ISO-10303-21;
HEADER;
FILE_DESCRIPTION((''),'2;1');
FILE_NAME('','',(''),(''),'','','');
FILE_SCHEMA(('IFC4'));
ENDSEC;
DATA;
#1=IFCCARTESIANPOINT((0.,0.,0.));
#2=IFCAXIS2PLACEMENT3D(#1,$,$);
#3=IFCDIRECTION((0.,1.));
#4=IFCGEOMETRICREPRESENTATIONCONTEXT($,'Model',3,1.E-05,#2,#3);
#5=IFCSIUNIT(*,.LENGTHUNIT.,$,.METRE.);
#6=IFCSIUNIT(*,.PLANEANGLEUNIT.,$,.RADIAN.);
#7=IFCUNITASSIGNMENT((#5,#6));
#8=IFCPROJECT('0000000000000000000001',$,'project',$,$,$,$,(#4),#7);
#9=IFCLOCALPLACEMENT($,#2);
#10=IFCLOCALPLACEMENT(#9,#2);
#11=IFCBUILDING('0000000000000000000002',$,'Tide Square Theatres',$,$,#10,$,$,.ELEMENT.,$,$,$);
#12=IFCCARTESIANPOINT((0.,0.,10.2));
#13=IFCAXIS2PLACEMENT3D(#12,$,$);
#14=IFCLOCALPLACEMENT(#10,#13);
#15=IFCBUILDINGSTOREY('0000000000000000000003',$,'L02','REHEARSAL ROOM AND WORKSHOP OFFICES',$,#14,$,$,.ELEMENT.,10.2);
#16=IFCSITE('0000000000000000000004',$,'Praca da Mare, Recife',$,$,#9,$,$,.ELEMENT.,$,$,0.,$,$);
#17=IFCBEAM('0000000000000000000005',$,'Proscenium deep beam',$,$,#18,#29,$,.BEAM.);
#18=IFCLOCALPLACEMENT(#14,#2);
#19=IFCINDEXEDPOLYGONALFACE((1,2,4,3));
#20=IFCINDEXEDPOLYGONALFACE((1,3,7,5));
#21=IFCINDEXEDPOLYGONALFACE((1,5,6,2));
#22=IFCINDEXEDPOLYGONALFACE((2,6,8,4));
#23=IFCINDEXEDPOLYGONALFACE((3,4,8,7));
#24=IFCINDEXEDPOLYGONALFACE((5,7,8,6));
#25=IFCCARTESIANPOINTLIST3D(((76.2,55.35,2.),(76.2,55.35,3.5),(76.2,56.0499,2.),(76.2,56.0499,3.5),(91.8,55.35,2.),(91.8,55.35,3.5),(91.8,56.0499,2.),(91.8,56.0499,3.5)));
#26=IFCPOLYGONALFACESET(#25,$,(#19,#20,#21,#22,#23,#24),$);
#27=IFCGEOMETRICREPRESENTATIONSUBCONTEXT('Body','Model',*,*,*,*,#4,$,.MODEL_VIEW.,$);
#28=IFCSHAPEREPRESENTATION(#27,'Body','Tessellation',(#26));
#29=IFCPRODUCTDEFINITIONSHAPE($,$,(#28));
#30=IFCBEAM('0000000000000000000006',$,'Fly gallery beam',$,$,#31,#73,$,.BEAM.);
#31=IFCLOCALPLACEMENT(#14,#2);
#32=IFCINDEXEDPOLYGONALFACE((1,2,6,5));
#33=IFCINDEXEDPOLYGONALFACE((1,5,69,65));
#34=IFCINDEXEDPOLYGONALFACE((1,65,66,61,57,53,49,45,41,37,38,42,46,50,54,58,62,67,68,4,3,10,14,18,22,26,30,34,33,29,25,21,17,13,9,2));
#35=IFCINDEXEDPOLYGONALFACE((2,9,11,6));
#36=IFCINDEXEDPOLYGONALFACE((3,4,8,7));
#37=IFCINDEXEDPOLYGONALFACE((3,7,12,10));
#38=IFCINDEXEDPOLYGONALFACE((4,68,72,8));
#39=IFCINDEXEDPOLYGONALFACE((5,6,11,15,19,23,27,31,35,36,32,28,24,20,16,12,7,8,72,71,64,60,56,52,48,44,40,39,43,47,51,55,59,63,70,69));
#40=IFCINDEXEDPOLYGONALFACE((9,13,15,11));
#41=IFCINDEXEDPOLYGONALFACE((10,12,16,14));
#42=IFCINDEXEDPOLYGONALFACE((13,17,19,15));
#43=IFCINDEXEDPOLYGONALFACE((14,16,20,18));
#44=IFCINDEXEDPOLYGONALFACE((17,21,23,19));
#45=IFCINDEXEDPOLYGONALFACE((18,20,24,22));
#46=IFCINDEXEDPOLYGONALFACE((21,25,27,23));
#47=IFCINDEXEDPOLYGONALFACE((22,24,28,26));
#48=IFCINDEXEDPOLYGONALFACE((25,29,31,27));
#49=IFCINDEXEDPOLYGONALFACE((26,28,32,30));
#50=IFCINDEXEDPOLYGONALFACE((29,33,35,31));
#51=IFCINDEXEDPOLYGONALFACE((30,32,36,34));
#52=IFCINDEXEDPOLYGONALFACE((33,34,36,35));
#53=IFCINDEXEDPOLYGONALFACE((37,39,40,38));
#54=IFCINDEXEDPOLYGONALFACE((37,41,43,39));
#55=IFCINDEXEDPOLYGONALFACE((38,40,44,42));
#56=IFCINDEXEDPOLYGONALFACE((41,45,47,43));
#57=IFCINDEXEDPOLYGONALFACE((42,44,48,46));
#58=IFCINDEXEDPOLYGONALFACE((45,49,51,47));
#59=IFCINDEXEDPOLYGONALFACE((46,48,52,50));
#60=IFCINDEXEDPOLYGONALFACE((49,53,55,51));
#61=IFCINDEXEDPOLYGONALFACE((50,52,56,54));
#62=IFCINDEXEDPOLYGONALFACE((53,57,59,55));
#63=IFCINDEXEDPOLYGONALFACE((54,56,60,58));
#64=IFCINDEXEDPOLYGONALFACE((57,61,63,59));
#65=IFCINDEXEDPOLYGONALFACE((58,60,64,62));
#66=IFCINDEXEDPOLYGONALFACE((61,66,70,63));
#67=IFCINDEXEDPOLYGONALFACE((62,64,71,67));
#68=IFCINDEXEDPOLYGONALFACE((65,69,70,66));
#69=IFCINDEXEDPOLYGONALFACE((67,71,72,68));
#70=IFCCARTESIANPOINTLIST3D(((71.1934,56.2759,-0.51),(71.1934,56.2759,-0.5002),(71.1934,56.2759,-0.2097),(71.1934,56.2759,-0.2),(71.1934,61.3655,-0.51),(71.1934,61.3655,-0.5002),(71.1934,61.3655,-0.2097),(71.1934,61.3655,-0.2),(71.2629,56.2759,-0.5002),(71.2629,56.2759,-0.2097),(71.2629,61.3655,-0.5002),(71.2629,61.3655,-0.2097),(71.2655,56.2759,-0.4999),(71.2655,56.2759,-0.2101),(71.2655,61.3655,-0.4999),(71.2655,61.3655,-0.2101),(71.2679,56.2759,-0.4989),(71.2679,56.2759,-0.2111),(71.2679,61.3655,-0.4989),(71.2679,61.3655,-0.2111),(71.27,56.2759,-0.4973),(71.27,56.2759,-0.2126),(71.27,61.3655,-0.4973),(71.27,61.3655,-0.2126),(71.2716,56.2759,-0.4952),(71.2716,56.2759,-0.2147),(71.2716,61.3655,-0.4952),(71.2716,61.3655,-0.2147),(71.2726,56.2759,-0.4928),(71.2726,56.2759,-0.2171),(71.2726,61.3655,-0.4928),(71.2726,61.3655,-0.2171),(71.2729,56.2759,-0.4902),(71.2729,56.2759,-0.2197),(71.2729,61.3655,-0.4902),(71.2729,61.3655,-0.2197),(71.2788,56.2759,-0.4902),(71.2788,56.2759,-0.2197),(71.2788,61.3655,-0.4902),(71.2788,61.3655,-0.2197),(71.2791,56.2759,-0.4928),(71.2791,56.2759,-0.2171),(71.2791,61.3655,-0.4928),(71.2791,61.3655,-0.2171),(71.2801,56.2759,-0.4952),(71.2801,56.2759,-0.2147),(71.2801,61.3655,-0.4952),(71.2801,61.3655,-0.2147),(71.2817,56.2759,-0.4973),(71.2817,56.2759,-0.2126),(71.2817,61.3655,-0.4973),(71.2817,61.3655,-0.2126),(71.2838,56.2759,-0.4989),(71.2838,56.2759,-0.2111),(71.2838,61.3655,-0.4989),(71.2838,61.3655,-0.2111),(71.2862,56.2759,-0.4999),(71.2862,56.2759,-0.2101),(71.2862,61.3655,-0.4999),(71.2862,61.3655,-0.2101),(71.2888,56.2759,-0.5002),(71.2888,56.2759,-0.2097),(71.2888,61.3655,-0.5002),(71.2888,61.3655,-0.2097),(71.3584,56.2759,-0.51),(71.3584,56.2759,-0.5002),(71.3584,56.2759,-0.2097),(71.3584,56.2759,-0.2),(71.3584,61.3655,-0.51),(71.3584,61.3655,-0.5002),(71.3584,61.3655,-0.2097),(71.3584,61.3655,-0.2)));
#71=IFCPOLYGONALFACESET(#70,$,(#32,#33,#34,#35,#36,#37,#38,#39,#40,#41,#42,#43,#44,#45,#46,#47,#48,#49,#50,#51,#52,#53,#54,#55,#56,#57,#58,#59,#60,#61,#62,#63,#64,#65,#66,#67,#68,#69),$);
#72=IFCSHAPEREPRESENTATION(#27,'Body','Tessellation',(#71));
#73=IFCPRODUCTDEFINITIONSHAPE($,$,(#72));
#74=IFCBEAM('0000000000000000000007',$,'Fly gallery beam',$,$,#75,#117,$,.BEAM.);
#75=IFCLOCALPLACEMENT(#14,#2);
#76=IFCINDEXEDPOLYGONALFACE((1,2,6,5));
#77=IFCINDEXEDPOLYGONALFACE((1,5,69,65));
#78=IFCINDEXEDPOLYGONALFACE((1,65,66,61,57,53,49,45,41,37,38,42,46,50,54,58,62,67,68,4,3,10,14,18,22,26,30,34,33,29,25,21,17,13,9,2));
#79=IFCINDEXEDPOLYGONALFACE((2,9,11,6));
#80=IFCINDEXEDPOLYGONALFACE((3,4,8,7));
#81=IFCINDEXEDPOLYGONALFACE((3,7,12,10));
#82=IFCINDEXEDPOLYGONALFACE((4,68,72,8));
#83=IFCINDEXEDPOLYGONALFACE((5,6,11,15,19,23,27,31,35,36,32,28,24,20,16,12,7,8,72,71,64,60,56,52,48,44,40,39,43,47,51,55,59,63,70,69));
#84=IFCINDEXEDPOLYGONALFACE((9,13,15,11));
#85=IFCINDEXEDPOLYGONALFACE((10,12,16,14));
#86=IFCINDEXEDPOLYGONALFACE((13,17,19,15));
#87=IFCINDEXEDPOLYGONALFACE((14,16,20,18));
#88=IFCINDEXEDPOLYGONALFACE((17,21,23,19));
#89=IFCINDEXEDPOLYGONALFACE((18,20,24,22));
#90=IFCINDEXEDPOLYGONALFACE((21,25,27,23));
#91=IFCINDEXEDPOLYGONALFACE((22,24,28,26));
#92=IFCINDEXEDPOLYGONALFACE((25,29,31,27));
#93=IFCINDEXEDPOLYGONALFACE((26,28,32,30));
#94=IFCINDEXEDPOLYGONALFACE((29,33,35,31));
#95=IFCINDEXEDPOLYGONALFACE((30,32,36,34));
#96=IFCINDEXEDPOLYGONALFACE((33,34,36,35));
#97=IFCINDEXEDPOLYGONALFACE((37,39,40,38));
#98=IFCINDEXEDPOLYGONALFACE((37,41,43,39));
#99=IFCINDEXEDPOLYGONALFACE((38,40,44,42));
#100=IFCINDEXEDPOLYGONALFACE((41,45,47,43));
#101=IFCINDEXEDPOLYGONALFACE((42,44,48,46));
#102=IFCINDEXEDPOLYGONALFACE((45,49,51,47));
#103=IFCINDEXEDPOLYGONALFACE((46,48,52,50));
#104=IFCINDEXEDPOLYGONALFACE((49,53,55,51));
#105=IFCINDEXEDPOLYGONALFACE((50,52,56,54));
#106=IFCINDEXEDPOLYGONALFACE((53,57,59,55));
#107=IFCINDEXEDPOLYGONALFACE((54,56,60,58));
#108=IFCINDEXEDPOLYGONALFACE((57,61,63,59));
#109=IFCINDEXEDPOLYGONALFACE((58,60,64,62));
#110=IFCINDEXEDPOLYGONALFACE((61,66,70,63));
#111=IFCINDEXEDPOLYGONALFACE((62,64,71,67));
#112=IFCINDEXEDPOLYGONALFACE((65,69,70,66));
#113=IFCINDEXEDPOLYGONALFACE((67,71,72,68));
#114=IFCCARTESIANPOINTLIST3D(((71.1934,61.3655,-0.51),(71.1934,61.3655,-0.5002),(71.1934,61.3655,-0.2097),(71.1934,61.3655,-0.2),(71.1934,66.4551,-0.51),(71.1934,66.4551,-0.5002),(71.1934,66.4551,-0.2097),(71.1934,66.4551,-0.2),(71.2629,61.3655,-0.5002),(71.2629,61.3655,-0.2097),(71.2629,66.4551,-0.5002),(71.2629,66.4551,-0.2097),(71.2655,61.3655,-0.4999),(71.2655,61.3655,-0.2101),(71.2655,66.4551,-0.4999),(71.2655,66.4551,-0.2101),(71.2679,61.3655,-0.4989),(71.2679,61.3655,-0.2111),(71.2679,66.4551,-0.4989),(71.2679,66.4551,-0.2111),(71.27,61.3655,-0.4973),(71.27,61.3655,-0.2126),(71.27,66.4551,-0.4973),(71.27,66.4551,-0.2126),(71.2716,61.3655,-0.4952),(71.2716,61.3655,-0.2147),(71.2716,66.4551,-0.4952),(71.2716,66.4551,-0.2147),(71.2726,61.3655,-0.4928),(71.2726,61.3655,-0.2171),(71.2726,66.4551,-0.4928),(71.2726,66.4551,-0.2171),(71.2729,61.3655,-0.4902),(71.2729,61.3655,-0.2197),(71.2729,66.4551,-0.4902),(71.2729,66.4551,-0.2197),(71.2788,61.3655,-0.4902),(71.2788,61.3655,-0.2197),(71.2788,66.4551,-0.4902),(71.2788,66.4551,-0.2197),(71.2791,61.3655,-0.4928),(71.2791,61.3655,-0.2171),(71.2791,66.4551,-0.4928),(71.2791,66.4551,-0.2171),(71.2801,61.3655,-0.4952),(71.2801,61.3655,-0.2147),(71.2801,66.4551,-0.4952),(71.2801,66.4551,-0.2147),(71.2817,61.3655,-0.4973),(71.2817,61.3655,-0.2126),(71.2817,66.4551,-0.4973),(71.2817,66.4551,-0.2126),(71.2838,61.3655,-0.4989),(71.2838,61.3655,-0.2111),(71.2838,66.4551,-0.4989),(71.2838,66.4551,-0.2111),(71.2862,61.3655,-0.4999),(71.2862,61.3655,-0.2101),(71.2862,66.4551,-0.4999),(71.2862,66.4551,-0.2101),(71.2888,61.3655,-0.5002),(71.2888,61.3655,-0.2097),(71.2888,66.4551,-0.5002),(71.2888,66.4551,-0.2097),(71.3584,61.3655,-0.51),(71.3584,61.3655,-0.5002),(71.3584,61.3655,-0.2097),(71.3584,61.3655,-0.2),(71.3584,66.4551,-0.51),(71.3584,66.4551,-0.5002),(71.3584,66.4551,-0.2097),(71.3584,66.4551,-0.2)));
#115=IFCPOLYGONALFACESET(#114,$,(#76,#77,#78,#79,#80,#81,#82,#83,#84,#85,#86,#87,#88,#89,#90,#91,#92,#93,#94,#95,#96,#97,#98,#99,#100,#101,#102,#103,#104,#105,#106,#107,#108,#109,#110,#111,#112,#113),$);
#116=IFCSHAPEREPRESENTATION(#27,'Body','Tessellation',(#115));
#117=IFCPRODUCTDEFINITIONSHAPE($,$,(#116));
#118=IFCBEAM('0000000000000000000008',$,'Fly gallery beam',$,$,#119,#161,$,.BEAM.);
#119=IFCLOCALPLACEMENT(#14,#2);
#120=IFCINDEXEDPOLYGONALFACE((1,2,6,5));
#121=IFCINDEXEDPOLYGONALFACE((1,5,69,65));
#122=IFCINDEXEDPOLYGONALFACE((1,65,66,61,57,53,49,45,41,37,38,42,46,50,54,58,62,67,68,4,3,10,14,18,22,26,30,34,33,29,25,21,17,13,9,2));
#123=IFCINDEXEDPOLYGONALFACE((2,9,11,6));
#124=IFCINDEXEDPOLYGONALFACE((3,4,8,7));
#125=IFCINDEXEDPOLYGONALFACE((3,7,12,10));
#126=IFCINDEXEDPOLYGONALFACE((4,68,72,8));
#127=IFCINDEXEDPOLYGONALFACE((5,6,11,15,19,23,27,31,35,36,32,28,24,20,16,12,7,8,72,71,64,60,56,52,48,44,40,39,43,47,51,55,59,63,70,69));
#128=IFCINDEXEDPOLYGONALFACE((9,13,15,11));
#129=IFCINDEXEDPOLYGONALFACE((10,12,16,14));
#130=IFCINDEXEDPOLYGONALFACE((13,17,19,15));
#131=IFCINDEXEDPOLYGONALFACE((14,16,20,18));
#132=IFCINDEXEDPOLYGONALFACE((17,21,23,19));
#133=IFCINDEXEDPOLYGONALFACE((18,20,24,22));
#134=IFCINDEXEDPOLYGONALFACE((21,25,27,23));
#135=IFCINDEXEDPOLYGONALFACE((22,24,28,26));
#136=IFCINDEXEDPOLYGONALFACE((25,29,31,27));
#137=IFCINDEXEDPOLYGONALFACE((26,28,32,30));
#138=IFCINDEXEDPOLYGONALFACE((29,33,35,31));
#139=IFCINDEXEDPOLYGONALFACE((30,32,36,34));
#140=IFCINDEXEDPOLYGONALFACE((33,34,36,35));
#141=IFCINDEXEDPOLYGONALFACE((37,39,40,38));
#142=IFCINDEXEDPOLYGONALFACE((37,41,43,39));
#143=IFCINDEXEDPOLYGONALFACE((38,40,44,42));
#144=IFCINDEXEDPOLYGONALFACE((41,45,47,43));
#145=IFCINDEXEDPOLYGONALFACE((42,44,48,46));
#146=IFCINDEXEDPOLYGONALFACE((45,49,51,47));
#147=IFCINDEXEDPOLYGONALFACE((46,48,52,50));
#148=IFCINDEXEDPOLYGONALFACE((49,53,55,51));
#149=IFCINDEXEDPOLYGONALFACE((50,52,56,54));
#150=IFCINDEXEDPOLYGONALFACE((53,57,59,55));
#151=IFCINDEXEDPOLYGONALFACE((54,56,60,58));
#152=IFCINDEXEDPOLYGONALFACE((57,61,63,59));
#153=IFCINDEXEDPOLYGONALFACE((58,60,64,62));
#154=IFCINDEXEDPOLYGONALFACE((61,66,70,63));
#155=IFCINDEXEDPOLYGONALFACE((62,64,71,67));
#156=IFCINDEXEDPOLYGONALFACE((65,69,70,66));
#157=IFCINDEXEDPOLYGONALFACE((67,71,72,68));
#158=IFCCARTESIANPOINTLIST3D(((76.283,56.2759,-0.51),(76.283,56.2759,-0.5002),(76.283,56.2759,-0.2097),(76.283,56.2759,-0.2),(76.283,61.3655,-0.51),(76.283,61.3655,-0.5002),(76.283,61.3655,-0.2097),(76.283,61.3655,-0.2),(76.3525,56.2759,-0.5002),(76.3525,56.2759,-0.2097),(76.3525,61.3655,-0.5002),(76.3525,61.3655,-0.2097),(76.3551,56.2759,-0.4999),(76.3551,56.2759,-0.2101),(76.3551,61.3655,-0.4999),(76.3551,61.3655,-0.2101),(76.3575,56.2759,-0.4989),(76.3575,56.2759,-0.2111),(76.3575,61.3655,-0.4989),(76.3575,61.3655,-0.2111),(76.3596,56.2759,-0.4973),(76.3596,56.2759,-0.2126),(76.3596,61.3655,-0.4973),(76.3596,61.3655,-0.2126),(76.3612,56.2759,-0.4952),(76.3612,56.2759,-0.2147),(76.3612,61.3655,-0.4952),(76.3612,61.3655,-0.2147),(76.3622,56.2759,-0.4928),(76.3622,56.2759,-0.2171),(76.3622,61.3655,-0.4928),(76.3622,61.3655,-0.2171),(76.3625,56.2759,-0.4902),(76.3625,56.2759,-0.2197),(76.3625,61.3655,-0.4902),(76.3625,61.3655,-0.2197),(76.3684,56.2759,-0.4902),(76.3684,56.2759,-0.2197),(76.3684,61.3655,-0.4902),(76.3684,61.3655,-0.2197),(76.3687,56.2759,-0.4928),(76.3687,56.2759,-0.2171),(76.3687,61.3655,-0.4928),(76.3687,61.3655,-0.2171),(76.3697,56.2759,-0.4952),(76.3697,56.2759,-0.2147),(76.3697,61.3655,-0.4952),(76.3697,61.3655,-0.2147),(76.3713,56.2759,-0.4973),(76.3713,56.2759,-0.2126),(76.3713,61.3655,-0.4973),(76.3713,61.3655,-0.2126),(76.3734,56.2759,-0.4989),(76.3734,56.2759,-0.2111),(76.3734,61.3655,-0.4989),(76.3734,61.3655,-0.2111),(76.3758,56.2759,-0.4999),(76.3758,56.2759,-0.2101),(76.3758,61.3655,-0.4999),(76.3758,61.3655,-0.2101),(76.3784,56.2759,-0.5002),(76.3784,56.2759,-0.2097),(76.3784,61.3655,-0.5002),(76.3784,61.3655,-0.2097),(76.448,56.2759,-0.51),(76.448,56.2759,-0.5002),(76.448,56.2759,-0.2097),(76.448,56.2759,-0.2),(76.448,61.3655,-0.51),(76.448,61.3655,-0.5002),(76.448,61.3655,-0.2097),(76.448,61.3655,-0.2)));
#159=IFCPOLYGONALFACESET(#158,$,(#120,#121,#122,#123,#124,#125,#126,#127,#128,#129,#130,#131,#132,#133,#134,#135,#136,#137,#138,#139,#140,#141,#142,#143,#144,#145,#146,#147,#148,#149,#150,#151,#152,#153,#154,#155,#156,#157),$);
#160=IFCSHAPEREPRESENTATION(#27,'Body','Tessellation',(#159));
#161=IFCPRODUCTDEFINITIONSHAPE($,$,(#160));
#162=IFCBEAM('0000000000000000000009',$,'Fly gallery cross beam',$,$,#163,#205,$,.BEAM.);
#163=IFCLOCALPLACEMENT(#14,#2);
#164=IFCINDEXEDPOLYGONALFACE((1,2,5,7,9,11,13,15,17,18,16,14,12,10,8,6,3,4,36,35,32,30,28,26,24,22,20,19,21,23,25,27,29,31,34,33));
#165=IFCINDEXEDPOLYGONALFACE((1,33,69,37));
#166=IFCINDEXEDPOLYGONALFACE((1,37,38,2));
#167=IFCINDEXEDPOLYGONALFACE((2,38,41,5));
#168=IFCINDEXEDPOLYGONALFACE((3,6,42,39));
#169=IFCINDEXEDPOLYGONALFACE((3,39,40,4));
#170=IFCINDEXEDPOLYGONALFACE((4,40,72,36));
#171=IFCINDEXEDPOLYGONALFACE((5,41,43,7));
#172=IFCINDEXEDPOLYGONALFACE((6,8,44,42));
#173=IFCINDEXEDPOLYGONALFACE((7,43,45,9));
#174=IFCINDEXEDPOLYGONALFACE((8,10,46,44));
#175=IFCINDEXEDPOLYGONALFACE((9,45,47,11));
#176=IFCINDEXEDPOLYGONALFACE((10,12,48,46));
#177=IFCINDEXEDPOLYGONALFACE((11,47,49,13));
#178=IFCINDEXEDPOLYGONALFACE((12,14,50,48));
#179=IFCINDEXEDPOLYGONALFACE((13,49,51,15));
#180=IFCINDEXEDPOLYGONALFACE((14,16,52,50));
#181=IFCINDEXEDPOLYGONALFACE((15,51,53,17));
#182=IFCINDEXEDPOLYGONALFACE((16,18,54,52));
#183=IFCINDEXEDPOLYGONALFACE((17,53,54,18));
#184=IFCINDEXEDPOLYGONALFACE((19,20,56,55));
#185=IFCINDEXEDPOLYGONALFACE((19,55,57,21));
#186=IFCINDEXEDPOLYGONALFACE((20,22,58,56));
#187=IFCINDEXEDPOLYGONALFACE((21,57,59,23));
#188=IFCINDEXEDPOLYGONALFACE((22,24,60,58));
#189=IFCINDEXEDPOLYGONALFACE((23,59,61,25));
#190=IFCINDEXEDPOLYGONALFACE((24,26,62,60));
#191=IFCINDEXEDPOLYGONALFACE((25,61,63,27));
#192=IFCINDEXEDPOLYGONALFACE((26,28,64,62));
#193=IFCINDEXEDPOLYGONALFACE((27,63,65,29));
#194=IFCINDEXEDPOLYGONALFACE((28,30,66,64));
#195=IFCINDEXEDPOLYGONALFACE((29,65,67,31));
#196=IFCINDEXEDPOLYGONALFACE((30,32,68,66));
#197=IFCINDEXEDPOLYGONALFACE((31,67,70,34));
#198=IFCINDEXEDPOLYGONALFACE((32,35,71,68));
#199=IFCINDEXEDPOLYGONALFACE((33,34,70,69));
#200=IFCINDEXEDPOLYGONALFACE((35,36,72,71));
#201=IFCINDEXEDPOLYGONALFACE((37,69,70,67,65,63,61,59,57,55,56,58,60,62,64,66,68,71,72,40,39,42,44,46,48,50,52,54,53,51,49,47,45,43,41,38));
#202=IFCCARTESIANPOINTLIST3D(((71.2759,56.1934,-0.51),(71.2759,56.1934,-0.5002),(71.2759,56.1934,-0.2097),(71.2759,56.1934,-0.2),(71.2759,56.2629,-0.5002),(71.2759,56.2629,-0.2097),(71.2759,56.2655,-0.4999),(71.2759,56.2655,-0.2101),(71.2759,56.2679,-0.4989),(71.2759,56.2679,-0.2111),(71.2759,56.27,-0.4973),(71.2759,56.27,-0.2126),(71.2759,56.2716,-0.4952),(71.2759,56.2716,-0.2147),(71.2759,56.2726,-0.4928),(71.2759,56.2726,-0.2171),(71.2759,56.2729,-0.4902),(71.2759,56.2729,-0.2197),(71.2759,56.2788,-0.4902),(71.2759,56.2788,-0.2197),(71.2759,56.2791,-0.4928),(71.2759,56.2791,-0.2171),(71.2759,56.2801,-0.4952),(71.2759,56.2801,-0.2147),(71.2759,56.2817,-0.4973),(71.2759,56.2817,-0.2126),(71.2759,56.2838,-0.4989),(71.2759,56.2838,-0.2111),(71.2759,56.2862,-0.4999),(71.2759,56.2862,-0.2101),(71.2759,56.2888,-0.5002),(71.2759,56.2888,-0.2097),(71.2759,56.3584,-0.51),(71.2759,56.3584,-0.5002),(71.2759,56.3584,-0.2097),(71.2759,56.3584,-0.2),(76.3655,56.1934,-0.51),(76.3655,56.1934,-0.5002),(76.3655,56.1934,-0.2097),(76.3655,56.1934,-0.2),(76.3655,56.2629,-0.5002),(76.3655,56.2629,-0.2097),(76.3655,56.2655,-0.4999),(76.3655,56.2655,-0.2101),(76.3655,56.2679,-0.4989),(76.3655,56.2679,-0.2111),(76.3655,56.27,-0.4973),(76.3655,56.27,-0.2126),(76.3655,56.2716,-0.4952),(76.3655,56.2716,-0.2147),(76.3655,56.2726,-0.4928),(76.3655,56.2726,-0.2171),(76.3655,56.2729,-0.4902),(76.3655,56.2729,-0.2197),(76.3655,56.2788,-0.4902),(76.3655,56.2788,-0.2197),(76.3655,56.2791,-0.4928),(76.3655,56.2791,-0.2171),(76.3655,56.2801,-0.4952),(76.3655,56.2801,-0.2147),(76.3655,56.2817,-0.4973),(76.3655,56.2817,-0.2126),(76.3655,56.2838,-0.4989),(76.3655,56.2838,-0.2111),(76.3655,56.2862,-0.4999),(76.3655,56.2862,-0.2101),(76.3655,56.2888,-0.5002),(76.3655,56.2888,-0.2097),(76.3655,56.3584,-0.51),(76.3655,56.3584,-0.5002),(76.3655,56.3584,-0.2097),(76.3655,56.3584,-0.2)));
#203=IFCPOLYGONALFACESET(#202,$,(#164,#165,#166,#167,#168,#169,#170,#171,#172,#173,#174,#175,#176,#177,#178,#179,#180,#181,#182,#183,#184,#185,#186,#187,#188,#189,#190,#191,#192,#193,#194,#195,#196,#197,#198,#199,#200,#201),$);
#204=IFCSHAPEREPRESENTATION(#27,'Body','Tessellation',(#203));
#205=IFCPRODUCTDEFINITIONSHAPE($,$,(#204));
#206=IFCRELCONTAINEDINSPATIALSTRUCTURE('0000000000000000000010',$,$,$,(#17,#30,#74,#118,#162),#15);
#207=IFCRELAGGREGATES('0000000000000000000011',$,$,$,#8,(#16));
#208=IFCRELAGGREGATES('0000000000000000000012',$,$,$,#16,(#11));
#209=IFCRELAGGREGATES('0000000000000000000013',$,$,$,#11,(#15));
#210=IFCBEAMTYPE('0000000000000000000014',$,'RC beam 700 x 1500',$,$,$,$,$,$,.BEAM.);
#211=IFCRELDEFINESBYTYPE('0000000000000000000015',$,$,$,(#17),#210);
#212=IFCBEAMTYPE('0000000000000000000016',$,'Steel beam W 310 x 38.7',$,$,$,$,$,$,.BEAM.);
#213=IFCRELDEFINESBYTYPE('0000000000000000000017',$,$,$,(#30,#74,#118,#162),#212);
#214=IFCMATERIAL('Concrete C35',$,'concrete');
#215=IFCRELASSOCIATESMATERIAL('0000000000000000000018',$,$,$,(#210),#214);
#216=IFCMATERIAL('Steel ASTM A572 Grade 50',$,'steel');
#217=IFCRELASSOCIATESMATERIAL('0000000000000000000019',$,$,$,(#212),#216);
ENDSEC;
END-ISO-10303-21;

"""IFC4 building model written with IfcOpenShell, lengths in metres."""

from ifc_helpers import new_model, si_unit, direction, frame, origin, origin_2d, place, context, subcontext, project, spatial, rectangle, i_section, extrude, material, material_profile, profile_set, type_object, element, save


model = new_model("IFC4")

# Units and contexts
model_context = context("Model", 3, precision=1e-05, world=origin(), true_north=direction((0.0, 1.0)))
body_context = subcontext(model_context, "Body", "Model", "MODEL_VIEW")
ifc_project = project(units=[si_unit("LENGTHUNIT", "METRE"), si_unit("PLANEANGLEUNIT", "RADIAN")], contexts=[model_context])

# Site, building, storey
site_placement = place(None, origin())
site = spatial("IfcSite", under=ifc_project, at=site_placement, Name="Praca da Mare, Recife", CompositionType="ELEMENT", RefElevation=0.0)
building_placement = place(site_placement, origin())
building = spatial("IfcBuilding", under=site, at=building_placement, Name="Tide Square Theatres", CompositionType="ELEMENT")
storey_placement = place(building_placement, frame((0.0, 0.0, 10.2)))
storey = spatial("IfcBuildingStorey", under=building, at=storey_placement, Name="L02", Description="REHEARSAL ROOM AND WORKSHOP OFFICES", CompositionType="ELEMENT", Elevation=10.2)

# Beams
ifc_material_1 = material(Name="Concrete C35", Category="concrete")
ifc_material_profile_1 = material_profile(ifc_material_1, rectangle(XDim=0.7, YDim=1.5, at=origin_2d()))
ifc_profile_set_1 = profile_set([ifc_material_profile_1], Name="Concrete C35")
beam_type_1 = type_object("IfcBeamType", Name="RC beam 700 x 1500", PredefinedType="BEAM", material=ifc_profile_set_1)
beam_1_placement = place(storey_placement, frame((76.2, 55.7, 2.75), z_axis=(1.0, 0.0, 0.0), x_axis=(0.0, 1.0, 0.0)))
element("IfcBeam", 1, at=beam_1_placement, inside=storey, type_object=beam_type_1, Name="Proscenium deep beam", PredefinedType="BEAM", context=body_context, shape_type="SweptSolid", body=[
    extrude(rectangle(XDim=0.7, YDim=1.5, at=origin_2d()), origin(), (0.0, 0.0, 1.0), 15.6001),
])
ifc_material_2 = material(Name="Steel ASTM A572 Grade 50", Category="steel")
ifc_material_profile_2 = material_profile(ifc_material_2, i_section(OverallWidth=0.165, OverallDepth=0.3101, WebThickness=0.0059, FlangeThickness=0.0098, FilletRadius=0.01, at=origin_2d()))
ifc_profile_set_2 = profile_set([ifc_material_profile_2], Name="Steel ASTM A572 Grade 50")
beam_type_2 = type_object("IfcBeamType", Name="Steel beam W 310 x 38.7", PredefinedType="BEAM", material=ifc_profile_set_2)
for number, where, z_axis, x_axis, name in (
    (2, (71.2759, 56.2759, -0.355), (0.0, 1.0, 0.0), (-1.0, 0.0, 0.0), "Fly gallery beam"),
    (3, (71.2759, 61.3655, -0.355), (0.0, 1.0, 0.0), (-1.0, 0.0, 0.0), "Fly gallery beam"),
    (4, (76.3655, 56.2759, -0.355), (0.0, 1.0, 0.0), (-1.0, 0.0, 0.0), "Fly gallery beam"),
    (5, (71.2759, 56.2759, -0.355), (1.0, 0.0, 0.0), (0.0, 1.0, 0.0), "Fly gallery cross beam"),
):
    element("IfcBeam", number, at=place(storey_placement, frame(where, z_axis=z_axis, x_axis=x_axis)), inside=storey, type_object=beam_type_2, Name=name, PredefinedType="BEAM", context=body_context, shape_type="SweptSolid", body=[
        extrude(i_section(OverallWidth=0.165, OverallDepth=0.3101, WebThickness=0.0059, FlangeThickness=0.0098, FilletRadius=0.01, at=origin_2d()), origin(), (0.0, 0.0, 1.0), 5.0896),
    ])

save(model, "model.ifc")
